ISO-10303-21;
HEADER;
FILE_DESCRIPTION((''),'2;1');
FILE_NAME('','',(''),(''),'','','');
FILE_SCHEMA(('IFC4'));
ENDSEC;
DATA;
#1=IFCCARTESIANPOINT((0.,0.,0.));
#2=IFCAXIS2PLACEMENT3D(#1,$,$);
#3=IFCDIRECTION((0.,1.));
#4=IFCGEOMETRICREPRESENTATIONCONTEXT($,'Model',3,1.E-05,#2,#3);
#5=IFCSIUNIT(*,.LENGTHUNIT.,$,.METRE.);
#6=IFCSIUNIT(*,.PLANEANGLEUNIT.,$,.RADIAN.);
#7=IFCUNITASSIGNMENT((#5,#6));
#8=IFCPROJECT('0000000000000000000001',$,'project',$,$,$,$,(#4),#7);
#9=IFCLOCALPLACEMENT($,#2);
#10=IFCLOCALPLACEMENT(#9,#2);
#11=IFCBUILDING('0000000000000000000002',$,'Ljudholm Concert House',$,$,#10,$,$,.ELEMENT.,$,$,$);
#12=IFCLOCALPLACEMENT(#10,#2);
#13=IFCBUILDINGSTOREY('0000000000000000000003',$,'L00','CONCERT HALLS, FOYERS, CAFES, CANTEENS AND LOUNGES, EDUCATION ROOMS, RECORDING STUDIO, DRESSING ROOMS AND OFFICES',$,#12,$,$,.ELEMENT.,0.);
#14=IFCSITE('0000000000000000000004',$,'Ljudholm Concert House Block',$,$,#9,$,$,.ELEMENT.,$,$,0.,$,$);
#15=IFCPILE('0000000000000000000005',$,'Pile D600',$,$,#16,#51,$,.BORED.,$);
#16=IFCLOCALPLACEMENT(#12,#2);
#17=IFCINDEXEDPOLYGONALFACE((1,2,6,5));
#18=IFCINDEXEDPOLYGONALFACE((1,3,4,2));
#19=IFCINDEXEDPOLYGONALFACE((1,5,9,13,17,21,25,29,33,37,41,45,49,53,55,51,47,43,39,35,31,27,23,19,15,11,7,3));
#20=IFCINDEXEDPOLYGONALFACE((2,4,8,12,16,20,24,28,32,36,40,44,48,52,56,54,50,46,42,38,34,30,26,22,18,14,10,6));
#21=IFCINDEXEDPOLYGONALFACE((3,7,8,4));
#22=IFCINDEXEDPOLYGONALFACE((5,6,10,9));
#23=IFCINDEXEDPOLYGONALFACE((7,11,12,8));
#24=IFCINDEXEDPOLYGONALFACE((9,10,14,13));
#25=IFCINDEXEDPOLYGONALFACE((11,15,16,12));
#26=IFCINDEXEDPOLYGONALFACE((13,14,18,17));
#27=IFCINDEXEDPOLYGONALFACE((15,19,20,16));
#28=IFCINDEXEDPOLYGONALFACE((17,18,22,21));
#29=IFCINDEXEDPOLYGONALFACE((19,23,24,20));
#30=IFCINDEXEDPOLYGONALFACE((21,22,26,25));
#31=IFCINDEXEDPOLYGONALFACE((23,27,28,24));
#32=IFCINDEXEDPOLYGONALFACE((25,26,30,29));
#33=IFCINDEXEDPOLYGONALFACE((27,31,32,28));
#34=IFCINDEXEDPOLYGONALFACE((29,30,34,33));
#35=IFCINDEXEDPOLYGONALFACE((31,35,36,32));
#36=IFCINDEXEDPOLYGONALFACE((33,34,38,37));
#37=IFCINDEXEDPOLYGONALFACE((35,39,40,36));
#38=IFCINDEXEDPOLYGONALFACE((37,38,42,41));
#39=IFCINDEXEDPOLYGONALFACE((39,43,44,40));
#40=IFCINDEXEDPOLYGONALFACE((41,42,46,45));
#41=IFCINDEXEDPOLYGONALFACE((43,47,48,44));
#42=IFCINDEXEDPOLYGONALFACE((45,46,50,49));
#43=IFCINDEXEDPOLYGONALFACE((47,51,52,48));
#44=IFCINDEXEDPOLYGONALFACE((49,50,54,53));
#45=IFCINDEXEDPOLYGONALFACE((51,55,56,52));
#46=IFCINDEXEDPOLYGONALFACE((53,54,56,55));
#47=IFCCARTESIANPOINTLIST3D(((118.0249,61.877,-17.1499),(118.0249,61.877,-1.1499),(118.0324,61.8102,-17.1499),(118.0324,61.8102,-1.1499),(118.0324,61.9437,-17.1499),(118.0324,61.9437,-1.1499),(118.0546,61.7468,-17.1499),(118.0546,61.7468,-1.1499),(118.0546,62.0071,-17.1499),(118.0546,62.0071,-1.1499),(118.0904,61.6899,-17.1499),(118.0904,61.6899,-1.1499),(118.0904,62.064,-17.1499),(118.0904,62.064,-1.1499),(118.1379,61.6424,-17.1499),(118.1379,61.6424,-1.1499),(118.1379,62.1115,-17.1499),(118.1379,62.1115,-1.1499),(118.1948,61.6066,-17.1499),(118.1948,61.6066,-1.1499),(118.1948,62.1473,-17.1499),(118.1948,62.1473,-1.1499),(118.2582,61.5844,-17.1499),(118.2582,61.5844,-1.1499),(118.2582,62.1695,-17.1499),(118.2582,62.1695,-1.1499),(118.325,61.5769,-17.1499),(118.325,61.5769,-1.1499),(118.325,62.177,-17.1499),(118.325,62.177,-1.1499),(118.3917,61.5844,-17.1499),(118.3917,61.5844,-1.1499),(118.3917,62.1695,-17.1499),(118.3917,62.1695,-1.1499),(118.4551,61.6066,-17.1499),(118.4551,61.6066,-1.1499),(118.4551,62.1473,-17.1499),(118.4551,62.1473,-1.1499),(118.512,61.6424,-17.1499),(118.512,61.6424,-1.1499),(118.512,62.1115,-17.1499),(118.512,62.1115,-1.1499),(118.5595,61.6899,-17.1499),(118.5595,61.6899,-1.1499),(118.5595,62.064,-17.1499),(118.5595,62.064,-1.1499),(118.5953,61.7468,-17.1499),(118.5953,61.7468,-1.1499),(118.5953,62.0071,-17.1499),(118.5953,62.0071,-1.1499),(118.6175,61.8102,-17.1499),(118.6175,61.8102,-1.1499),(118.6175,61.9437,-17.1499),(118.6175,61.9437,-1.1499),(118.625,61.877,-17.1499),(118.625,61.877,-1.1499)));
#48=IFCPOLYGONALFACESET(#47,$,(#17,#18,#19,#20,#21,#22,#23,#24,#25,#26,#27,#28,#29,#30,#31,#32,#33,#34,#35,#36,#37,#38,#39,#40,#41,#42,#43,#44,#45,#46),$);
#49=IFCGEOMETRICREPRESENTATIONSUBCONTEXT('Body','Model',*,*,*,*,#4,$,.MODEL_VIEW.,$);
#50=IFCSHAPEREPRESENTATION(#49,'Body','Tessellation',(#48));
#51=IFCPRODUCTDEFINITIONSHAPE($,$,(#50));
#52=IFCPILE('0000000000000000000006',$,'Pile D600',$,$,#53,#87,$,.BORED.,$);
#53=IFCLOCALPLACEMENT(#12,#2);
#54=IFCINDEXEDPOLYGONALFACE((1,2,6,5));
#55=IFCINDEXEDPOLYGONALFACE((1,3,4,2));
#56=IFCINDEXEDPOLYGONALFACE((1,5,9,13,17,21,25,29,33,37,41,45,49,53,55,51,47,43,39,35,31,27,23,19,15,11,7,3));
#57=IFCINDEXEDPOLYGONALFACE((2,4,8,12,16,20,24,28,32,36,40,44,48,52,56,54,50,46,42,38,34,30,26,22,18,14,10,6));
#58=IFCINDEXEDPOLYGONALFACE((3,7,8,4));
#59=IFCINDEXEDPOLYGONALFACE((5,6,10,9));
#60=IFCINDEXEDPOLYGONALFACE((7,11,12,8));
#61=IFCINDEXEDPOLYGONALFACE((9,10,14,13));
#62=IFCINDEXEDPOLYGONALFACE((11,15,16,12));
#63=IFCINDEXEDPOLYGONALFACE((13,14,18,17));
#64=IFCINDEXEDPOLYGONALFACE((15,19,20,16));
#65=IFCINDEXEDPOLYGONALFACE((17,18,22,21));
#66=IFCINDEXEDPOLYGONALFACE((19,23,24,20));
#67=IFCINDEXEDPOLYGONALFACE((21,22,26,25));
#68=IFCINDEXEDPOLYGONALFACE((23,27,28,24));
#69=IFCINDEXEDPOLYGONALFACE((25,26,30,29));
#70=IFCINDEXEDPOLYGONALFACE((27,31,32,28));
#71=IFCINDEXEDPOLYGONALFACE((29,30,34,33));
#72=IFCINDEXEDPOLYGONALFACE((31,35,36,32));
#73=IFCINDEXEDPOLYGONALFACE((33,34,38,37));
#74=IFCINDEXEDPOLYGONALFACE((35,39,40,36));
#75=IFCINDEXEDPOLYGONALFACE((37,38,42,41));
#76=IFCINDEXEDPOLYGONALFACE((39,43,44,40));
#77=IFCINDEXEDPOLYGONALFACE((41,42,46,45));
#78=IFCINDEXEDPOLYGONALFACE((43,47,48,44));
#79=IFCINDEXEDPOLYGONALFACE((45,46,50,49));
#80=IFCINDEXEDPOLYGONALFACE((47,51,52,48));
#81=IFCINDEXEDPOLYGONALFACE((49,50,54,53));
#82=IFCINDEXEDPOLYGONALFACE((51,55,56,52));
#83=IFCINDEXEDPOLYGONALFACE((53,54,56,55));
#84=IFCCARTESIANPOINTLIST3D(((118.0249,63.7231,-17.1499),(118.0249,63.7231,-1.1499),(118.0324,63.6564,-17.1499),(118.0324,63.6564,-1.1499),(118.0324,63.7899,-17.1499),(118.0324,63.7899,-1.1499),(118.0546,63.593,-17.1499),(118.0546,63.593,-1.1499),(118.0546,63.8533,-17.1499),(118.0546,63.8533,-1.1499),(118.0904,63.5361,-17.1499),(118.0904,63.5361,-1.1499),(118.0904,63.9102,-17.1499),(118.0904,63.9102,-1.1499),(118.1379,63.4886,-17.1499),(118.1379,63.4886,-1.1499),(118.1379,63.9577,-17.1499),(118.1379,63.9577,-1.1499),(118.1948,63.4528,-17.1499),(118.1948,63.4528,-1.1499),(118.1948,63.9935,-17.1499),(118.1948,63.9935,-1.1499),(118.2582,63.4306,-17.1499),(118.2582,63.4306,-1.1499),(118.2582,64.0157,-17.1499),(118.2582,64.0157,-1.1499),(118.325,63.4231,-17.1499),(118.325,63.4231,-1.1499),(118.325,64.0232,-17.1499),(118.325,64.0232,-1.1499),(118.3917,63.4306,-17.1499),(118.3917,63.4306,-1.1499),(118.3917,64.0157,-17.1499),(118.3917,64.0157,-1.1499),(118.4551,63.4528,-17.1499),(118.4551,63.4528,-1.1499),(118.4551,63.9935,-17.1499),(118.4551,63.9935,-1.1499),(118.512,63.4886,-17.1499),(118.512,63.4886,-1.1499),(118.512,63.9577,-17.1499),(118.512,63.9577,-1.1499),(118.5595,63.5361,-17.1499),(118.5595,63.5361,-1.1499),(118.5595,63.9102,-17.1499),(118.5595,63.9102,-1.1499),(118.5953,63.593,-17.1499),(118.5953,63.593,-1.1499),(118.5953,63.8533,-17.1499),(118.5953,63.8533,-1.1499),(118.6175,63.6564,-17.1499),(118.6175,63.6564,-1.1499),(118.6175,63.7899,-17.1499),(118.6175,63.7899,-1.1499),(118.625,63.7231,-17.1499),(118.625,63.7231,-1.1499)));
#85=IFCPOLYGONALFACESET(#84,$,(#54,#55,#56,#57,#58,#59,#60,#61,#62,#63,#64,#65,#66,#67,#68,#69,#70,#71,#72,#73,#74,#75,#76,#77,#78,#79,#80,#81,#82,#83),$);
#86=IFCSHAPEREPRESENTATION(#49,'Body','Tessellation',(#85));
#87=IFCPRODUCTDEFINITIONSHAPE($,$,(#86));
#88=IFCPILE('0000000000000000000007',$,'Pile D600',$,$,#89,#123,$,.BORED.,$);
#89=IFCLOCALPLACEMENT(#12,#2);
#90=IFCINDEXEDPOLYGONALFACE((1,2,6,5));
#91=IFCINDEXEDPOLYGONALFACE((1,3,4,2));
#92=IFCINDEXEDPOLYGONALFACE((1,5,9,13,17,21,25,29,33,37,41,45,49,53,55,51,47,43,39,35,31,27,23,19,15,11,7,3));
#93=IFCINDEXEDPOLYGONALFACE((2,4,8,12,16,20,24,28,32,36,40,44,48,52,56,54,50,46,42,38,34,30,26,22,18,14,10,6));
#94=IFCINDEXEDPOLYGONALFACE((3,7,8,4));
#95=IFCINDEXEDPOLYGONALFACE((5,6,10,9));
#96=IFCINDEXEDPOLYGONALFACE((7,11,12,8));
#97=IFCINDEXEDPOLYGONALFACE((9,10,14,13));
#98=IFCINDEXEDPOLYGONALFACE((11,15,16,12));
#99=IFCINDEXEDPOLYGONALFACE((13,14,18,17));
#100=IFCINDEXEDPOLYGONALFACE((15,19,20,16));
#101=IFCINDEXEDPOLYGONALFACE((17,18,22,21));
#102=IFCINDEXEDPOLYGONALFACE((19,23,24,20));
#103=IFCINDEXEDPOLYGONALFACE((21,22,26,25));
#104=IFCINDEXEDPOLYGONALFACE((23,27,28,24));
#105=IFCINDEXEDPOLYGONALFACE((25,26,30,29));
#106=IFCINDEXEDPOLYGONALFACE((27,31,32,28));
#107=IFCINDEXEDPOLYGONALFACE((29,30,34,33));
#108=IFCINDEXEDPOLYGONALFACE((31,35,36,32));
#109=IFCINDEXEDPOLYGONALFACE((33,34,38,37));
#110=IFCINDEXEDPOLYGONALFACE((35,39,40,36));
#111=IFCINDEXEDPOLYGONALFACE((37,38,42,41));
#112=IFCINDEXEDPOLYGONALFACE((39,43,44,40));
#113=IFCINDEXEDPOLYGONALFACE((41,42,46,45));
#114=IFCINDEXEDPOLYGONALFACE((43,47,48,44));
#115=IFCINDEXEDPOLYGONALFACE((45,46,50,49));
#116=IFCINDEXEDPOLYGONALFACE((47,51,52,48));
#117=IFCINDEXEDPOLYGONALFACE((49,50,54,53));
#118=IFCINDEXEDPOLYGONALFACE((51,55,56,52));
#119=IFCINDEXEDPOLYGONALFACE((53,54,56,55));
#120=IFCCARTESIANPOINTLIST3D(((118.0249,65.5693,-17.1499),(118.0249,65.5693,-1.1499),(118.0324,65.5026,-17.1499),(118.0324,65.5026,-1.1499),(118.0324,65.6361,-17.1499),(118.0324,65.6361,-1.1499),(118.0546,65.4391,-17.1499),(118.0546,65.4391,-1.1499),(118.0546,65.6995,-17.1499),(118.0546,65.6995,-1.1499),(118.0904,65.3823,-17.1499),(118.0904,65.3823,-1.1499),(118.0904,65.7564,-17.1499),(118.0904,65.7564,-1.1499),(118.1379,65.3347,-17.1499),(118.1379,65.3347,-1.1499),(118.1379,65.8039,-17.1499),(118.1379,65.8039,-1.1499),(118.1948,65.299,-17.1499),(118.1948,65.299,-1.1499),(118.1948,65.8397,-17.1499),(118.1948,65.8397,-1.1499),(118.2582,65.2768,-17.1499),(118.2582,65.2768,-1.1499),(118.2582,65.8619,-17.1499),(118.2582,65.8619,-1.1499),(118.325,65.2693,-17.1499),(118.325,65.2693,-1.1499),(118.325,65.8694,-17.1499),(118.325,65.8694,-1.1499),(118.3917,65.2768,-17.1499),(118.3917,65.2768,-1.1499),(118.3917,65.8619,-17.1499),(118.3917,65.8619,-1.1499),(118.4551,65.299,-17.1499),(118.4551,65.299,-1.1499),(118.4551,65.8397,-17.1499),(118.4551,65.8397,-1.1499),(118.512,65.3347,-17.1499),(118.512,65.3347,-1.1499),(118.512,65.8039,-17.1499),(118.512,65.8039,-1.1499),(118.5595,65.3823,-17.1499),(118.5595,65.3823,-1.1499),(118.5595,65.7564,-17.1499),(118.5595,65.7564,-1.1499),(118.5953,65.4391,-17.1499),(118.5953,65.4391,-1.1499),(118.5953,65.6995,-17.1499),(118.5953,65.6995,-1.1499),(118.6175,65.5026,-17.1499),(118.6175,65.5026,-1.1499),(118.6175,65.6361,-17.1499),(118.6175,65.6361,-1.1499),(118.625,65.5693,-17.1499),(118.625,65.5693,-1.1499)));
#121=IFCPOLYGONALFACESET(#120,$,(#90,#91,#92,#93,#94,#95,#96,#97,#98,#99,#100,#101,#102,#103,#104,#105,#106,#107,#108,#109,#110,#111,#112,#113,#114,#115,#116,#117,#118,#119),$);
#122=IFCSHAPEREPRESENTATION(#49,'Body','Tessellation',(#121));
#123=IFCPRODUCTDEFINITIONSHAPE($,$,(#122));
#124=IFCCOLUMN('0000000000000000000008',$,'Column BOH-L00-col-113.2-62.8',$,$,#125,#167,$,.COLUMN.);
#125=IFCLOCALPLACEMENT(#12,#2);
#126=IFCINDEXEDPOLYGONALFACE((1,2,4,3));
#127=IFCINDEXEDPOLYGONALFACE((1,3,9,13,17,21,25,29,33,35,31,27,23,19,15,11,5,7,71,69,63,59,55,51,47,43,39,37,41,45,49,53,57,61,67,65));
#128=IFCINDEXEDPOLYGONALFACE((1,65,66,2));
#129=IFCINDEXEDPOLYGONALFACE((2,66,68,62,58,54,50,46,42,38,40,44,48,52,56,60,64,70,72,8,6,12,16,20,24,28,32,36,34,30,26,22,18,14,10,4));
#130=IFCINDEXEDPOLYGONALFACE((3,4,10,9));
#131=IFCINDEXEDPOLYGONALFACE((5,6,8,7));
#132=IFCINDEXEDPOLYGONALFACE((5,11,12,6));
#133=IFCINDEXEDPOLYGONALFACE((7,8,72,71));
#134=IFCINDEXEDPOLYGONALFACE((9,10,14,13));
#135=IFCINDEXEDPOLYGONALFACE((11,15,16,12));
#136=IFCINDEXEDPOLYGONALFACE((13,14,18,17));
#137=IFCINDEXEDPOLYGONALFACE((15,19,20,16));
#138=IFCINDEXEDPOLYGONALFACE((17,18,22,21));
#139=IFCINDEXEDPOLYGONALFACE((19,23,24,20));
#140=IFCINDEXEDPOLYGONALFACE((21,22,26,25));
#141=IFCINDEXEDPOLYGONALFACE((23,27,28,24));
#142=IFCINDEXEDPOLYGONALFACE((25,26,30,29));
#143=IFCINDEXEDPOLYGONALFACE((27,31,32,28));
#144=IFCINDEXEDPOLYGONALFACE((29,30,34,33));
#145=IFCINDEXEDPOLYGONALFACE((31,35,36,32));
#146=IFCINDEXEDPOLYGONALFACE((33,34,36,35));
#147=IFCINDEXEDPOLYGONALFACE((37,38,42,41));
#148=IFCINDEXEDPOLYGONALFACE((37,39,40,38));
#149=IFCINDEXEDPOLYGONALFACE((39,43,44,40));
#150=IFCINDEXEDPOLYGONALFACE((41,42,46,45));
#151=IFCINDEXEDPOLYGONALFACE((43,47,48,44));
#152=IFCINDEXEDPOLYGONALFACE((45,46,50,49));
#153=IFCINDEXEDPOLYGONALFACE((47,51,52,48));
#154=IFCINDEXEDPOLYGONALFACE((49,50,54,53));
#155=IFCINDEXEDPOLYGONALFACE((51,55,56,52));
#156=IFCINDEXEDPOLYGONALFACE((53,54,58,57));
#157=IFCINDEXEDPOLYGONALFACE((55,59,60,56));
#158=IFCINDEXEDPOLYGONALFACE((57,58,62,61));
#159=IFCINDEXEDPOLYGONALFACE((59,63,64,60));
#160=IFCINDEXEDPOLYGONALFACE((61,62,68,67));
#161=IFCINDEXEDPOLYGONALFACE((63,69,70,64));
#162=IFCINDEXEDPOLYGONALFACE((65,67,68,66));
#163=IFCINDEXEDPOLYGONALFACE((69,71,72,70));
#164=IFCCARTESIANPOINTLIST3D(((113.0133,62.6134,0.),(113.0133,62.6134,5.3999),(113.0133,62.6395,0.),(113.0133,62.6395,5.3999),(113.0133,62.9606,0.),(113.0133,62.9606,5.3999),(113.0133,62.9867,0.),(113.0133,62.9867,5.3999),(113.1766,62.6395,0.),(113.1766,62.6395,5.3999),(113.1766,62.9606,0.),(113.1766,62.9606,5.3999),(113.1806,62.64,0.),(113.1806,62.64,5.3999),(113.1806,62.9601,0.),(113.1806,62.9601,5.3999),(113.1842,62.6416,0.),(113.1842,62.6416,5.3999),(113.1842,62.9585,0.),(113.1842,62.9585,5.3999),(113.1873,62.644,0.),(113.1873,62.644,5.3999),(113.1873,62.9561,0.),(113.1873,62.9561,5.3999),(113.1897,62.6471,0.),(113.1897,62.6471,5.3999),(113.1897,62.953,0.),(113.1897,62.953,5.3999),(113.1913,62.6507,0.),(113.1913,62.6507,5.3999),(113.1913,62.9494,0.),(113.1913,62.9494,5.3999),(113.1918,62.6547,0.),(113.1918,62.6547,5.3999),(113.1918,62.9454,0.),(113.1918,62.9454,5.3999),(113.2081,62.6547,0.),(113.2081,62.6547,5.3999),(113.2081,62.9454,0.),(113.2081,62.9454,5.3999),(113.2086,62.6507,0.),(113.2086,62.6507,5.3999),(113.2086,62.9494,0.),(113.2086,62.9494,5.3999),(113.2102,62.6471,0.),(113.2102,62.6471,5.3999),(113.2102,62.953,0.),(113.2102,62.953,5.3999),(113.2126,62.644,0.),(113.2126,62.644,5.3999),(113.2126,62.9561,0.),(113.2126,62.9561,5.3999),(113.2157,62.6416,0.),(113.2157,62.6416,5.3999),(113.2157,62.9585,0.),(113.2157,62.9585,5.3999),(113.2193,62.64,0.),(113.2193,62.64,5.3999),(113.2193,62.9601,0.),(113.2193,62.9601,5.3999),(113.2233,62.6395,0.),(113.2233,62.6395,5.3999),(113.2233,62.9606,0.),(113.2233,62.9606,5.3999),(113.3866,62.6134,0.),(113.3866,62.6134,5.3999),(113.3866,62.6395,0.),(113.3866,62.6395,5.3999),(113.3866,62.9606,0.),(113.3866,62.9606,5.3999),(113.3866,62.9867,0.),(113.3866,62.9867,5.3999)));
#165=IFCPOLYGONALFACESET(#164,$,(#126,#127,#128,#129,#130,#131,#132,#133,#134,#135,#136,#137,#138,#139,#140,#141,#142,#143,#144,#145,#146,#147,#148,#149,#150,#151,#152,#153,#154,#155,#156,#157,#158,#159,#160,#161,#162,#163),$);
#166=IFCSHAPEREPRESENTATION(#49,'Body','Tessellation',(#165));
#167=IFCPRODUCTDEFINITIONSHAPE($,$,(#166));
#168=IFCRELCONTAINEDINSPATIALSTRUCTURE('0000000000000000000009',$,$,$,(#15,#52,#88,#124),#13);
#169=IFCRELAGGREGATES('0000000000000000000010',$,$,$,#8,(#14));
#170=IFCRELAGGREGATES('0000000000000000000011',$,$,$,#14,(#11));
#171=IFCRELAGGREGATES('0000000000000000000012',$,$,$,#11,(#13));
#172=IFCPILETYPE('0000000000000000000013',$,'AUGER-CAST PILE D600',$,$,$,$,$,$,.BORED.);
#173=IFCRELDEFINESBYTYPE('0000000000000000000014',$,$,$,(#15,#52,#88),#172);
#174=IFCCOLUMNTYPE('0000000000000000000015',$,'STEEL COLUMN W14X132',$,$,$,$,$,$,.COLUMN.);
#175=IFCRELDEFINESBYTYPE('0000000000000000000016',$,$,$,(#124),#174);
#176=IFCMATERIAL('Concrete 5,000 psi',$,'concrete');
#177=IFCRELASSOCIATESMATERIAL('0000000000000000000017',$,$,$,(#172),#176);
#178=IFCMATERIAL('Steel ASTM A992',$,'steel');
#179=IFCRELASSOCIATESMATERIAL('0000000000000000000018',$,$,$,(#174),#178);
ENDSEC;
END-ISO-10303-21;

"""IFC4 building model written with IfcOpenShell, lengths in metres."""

from ifc_helpers import new_model, si_unit, direction, frame, origin, origin_2d, place, context, subcontext, project, spatial, circle, i_section, extrude, material, material_profile, profile_set, type_object, element, save


model = new_model("IFC4")

# Units and contexts
model_context = context("Model", 3, precision=1e-05, world=origin(), true_north=direction((0.0, 1.0)))
body_context = subcontext(model_context, "Body", "Model", "MODEL_VIEW")
ifc_project = project(units=[si_unit("LENGTHUNIT", "METRE"), si_unit("PLANEANGLEUNIT", "RADIAN")], contexts=[model_context])

# Site, building, storey
site_placement = place(None, origin())
site = spatial("IfcSite", under=ifc_project, at=site_placement, Name="Ljudholm Concert House Block", CompositionType="ELEMENT", RefElevation=0.0)
building_placement = place(site_placement, origin())
building = spatial("IfcBuilding", under=site, at=building_placement, Name="Ljudholm Concert House", CompositionType="ELEMENT")
storey_placement = place(building_placement, origin())
storey = spatial("IfcBuildingStorey", under=building, at=storey_placement, Name="L00", Description="CONCERT HALLS, FOYERS, CAFES, CANTEENS AND LOUNGES, EDUCATION ROOMS, RECORDING STUDIO, DRESSING ROOMS AND OFFICES", CompositionType="ELEMENT", Elevation=0.0)

# Piles
ifc_material_1 = material(Name="Concrete 5,000 psi", Category="concrete")
ifc_material_profile_1 = material_profile(ifc_material_1, circle(Radius=0.3, at=origin_2d()), Name="AUGER-CAST PILE D600")
ifc_profile_set_1 = profile_set([ifc_material_profile_1], Name="Concrete 5,000 psi")
pile_type = type_object("IfcPileType", Name="AUGER-CAST PILE D600", PredefinedType="BORED", material=ifc_profile_set_1)
for number, where, z_axis, x_axis, name in (
    (1, (118.325, 61.877, -1.1499), (0.0, 0.0, -1.0), (1.0, 0.0, 0.0), "Pile D600"),
    (2, (118.325, 63.7231, -1.1499), (0.0, 0.0, -1.0), (1.0, 0.0, 0.0), "Pile D600"),
    (3, (118.325, 65.5693, -1.1499), (0.0, 0.0, -1.0), (1.0, 0.0, 0.0), "Pile D600"),
):
    element("IfcPile", number, at=place(storey_placement, frame(where, z_axis=z_axis, x_axis=x_axis)), inside=storey, type_object=pile_type, Name=name, PredefinedType="BORED", context=body_context, shape_type="SweptSolid", body=[
        extrude(circle(Radius=0.3, at=origin_2d()), origin(), (0.0, 0.0, 1.0), 16.0),
    ])

# Column
ifc_material_2 = material(Name="Steel ASTM A992", Category="steel")
ifc_material_profile_2 = material_profile(ifc_material_2, i_section(OverallWidth=0.3733, OverallDepth=0.3733, WebThickness=0.0164, FlangeThickness=0.0261, FilletRadius=0.0151, at=origin_2d()), Name="W14X132")
ifc_profile_set_2 = profile_set([ifc_material_profile_2], Name="Steel ASTM A992")
column_type = type_object("IfcColumnType", Name="STEEL COLUMN W14X132", PredefinedType="COLUMN", material=ifc_profile_set_2)
for number, where, z_axis, x_axis, name in (
    (4, (113.2, 62.8, 0.0), (0.0, 0.0, 1.0), (1.0, 0.0, 0.0), "Column BOH-L00-col-113.2-62.8"),
):
    element("IfcColumn", number, at=place(storey_placement, frame(where, z_axis=z_axis, x_axis=x_axis)), inside=storey, type_object=column_type, Name=name, PredefinedType="COLUMN", context=body_context, shape_type="SweptSolid", body=[
        extrude(i_section(OverallWidth=0.3733, OverallDepth=0.3733, WebThickness=0.0164, FlangeThickness=0.0261, FilletRadius=0.0151, at=origin_2d()), origin(), (0.0, 0.0, 1.0), 5.3999),
    ])

save(model, "model.ifc")
